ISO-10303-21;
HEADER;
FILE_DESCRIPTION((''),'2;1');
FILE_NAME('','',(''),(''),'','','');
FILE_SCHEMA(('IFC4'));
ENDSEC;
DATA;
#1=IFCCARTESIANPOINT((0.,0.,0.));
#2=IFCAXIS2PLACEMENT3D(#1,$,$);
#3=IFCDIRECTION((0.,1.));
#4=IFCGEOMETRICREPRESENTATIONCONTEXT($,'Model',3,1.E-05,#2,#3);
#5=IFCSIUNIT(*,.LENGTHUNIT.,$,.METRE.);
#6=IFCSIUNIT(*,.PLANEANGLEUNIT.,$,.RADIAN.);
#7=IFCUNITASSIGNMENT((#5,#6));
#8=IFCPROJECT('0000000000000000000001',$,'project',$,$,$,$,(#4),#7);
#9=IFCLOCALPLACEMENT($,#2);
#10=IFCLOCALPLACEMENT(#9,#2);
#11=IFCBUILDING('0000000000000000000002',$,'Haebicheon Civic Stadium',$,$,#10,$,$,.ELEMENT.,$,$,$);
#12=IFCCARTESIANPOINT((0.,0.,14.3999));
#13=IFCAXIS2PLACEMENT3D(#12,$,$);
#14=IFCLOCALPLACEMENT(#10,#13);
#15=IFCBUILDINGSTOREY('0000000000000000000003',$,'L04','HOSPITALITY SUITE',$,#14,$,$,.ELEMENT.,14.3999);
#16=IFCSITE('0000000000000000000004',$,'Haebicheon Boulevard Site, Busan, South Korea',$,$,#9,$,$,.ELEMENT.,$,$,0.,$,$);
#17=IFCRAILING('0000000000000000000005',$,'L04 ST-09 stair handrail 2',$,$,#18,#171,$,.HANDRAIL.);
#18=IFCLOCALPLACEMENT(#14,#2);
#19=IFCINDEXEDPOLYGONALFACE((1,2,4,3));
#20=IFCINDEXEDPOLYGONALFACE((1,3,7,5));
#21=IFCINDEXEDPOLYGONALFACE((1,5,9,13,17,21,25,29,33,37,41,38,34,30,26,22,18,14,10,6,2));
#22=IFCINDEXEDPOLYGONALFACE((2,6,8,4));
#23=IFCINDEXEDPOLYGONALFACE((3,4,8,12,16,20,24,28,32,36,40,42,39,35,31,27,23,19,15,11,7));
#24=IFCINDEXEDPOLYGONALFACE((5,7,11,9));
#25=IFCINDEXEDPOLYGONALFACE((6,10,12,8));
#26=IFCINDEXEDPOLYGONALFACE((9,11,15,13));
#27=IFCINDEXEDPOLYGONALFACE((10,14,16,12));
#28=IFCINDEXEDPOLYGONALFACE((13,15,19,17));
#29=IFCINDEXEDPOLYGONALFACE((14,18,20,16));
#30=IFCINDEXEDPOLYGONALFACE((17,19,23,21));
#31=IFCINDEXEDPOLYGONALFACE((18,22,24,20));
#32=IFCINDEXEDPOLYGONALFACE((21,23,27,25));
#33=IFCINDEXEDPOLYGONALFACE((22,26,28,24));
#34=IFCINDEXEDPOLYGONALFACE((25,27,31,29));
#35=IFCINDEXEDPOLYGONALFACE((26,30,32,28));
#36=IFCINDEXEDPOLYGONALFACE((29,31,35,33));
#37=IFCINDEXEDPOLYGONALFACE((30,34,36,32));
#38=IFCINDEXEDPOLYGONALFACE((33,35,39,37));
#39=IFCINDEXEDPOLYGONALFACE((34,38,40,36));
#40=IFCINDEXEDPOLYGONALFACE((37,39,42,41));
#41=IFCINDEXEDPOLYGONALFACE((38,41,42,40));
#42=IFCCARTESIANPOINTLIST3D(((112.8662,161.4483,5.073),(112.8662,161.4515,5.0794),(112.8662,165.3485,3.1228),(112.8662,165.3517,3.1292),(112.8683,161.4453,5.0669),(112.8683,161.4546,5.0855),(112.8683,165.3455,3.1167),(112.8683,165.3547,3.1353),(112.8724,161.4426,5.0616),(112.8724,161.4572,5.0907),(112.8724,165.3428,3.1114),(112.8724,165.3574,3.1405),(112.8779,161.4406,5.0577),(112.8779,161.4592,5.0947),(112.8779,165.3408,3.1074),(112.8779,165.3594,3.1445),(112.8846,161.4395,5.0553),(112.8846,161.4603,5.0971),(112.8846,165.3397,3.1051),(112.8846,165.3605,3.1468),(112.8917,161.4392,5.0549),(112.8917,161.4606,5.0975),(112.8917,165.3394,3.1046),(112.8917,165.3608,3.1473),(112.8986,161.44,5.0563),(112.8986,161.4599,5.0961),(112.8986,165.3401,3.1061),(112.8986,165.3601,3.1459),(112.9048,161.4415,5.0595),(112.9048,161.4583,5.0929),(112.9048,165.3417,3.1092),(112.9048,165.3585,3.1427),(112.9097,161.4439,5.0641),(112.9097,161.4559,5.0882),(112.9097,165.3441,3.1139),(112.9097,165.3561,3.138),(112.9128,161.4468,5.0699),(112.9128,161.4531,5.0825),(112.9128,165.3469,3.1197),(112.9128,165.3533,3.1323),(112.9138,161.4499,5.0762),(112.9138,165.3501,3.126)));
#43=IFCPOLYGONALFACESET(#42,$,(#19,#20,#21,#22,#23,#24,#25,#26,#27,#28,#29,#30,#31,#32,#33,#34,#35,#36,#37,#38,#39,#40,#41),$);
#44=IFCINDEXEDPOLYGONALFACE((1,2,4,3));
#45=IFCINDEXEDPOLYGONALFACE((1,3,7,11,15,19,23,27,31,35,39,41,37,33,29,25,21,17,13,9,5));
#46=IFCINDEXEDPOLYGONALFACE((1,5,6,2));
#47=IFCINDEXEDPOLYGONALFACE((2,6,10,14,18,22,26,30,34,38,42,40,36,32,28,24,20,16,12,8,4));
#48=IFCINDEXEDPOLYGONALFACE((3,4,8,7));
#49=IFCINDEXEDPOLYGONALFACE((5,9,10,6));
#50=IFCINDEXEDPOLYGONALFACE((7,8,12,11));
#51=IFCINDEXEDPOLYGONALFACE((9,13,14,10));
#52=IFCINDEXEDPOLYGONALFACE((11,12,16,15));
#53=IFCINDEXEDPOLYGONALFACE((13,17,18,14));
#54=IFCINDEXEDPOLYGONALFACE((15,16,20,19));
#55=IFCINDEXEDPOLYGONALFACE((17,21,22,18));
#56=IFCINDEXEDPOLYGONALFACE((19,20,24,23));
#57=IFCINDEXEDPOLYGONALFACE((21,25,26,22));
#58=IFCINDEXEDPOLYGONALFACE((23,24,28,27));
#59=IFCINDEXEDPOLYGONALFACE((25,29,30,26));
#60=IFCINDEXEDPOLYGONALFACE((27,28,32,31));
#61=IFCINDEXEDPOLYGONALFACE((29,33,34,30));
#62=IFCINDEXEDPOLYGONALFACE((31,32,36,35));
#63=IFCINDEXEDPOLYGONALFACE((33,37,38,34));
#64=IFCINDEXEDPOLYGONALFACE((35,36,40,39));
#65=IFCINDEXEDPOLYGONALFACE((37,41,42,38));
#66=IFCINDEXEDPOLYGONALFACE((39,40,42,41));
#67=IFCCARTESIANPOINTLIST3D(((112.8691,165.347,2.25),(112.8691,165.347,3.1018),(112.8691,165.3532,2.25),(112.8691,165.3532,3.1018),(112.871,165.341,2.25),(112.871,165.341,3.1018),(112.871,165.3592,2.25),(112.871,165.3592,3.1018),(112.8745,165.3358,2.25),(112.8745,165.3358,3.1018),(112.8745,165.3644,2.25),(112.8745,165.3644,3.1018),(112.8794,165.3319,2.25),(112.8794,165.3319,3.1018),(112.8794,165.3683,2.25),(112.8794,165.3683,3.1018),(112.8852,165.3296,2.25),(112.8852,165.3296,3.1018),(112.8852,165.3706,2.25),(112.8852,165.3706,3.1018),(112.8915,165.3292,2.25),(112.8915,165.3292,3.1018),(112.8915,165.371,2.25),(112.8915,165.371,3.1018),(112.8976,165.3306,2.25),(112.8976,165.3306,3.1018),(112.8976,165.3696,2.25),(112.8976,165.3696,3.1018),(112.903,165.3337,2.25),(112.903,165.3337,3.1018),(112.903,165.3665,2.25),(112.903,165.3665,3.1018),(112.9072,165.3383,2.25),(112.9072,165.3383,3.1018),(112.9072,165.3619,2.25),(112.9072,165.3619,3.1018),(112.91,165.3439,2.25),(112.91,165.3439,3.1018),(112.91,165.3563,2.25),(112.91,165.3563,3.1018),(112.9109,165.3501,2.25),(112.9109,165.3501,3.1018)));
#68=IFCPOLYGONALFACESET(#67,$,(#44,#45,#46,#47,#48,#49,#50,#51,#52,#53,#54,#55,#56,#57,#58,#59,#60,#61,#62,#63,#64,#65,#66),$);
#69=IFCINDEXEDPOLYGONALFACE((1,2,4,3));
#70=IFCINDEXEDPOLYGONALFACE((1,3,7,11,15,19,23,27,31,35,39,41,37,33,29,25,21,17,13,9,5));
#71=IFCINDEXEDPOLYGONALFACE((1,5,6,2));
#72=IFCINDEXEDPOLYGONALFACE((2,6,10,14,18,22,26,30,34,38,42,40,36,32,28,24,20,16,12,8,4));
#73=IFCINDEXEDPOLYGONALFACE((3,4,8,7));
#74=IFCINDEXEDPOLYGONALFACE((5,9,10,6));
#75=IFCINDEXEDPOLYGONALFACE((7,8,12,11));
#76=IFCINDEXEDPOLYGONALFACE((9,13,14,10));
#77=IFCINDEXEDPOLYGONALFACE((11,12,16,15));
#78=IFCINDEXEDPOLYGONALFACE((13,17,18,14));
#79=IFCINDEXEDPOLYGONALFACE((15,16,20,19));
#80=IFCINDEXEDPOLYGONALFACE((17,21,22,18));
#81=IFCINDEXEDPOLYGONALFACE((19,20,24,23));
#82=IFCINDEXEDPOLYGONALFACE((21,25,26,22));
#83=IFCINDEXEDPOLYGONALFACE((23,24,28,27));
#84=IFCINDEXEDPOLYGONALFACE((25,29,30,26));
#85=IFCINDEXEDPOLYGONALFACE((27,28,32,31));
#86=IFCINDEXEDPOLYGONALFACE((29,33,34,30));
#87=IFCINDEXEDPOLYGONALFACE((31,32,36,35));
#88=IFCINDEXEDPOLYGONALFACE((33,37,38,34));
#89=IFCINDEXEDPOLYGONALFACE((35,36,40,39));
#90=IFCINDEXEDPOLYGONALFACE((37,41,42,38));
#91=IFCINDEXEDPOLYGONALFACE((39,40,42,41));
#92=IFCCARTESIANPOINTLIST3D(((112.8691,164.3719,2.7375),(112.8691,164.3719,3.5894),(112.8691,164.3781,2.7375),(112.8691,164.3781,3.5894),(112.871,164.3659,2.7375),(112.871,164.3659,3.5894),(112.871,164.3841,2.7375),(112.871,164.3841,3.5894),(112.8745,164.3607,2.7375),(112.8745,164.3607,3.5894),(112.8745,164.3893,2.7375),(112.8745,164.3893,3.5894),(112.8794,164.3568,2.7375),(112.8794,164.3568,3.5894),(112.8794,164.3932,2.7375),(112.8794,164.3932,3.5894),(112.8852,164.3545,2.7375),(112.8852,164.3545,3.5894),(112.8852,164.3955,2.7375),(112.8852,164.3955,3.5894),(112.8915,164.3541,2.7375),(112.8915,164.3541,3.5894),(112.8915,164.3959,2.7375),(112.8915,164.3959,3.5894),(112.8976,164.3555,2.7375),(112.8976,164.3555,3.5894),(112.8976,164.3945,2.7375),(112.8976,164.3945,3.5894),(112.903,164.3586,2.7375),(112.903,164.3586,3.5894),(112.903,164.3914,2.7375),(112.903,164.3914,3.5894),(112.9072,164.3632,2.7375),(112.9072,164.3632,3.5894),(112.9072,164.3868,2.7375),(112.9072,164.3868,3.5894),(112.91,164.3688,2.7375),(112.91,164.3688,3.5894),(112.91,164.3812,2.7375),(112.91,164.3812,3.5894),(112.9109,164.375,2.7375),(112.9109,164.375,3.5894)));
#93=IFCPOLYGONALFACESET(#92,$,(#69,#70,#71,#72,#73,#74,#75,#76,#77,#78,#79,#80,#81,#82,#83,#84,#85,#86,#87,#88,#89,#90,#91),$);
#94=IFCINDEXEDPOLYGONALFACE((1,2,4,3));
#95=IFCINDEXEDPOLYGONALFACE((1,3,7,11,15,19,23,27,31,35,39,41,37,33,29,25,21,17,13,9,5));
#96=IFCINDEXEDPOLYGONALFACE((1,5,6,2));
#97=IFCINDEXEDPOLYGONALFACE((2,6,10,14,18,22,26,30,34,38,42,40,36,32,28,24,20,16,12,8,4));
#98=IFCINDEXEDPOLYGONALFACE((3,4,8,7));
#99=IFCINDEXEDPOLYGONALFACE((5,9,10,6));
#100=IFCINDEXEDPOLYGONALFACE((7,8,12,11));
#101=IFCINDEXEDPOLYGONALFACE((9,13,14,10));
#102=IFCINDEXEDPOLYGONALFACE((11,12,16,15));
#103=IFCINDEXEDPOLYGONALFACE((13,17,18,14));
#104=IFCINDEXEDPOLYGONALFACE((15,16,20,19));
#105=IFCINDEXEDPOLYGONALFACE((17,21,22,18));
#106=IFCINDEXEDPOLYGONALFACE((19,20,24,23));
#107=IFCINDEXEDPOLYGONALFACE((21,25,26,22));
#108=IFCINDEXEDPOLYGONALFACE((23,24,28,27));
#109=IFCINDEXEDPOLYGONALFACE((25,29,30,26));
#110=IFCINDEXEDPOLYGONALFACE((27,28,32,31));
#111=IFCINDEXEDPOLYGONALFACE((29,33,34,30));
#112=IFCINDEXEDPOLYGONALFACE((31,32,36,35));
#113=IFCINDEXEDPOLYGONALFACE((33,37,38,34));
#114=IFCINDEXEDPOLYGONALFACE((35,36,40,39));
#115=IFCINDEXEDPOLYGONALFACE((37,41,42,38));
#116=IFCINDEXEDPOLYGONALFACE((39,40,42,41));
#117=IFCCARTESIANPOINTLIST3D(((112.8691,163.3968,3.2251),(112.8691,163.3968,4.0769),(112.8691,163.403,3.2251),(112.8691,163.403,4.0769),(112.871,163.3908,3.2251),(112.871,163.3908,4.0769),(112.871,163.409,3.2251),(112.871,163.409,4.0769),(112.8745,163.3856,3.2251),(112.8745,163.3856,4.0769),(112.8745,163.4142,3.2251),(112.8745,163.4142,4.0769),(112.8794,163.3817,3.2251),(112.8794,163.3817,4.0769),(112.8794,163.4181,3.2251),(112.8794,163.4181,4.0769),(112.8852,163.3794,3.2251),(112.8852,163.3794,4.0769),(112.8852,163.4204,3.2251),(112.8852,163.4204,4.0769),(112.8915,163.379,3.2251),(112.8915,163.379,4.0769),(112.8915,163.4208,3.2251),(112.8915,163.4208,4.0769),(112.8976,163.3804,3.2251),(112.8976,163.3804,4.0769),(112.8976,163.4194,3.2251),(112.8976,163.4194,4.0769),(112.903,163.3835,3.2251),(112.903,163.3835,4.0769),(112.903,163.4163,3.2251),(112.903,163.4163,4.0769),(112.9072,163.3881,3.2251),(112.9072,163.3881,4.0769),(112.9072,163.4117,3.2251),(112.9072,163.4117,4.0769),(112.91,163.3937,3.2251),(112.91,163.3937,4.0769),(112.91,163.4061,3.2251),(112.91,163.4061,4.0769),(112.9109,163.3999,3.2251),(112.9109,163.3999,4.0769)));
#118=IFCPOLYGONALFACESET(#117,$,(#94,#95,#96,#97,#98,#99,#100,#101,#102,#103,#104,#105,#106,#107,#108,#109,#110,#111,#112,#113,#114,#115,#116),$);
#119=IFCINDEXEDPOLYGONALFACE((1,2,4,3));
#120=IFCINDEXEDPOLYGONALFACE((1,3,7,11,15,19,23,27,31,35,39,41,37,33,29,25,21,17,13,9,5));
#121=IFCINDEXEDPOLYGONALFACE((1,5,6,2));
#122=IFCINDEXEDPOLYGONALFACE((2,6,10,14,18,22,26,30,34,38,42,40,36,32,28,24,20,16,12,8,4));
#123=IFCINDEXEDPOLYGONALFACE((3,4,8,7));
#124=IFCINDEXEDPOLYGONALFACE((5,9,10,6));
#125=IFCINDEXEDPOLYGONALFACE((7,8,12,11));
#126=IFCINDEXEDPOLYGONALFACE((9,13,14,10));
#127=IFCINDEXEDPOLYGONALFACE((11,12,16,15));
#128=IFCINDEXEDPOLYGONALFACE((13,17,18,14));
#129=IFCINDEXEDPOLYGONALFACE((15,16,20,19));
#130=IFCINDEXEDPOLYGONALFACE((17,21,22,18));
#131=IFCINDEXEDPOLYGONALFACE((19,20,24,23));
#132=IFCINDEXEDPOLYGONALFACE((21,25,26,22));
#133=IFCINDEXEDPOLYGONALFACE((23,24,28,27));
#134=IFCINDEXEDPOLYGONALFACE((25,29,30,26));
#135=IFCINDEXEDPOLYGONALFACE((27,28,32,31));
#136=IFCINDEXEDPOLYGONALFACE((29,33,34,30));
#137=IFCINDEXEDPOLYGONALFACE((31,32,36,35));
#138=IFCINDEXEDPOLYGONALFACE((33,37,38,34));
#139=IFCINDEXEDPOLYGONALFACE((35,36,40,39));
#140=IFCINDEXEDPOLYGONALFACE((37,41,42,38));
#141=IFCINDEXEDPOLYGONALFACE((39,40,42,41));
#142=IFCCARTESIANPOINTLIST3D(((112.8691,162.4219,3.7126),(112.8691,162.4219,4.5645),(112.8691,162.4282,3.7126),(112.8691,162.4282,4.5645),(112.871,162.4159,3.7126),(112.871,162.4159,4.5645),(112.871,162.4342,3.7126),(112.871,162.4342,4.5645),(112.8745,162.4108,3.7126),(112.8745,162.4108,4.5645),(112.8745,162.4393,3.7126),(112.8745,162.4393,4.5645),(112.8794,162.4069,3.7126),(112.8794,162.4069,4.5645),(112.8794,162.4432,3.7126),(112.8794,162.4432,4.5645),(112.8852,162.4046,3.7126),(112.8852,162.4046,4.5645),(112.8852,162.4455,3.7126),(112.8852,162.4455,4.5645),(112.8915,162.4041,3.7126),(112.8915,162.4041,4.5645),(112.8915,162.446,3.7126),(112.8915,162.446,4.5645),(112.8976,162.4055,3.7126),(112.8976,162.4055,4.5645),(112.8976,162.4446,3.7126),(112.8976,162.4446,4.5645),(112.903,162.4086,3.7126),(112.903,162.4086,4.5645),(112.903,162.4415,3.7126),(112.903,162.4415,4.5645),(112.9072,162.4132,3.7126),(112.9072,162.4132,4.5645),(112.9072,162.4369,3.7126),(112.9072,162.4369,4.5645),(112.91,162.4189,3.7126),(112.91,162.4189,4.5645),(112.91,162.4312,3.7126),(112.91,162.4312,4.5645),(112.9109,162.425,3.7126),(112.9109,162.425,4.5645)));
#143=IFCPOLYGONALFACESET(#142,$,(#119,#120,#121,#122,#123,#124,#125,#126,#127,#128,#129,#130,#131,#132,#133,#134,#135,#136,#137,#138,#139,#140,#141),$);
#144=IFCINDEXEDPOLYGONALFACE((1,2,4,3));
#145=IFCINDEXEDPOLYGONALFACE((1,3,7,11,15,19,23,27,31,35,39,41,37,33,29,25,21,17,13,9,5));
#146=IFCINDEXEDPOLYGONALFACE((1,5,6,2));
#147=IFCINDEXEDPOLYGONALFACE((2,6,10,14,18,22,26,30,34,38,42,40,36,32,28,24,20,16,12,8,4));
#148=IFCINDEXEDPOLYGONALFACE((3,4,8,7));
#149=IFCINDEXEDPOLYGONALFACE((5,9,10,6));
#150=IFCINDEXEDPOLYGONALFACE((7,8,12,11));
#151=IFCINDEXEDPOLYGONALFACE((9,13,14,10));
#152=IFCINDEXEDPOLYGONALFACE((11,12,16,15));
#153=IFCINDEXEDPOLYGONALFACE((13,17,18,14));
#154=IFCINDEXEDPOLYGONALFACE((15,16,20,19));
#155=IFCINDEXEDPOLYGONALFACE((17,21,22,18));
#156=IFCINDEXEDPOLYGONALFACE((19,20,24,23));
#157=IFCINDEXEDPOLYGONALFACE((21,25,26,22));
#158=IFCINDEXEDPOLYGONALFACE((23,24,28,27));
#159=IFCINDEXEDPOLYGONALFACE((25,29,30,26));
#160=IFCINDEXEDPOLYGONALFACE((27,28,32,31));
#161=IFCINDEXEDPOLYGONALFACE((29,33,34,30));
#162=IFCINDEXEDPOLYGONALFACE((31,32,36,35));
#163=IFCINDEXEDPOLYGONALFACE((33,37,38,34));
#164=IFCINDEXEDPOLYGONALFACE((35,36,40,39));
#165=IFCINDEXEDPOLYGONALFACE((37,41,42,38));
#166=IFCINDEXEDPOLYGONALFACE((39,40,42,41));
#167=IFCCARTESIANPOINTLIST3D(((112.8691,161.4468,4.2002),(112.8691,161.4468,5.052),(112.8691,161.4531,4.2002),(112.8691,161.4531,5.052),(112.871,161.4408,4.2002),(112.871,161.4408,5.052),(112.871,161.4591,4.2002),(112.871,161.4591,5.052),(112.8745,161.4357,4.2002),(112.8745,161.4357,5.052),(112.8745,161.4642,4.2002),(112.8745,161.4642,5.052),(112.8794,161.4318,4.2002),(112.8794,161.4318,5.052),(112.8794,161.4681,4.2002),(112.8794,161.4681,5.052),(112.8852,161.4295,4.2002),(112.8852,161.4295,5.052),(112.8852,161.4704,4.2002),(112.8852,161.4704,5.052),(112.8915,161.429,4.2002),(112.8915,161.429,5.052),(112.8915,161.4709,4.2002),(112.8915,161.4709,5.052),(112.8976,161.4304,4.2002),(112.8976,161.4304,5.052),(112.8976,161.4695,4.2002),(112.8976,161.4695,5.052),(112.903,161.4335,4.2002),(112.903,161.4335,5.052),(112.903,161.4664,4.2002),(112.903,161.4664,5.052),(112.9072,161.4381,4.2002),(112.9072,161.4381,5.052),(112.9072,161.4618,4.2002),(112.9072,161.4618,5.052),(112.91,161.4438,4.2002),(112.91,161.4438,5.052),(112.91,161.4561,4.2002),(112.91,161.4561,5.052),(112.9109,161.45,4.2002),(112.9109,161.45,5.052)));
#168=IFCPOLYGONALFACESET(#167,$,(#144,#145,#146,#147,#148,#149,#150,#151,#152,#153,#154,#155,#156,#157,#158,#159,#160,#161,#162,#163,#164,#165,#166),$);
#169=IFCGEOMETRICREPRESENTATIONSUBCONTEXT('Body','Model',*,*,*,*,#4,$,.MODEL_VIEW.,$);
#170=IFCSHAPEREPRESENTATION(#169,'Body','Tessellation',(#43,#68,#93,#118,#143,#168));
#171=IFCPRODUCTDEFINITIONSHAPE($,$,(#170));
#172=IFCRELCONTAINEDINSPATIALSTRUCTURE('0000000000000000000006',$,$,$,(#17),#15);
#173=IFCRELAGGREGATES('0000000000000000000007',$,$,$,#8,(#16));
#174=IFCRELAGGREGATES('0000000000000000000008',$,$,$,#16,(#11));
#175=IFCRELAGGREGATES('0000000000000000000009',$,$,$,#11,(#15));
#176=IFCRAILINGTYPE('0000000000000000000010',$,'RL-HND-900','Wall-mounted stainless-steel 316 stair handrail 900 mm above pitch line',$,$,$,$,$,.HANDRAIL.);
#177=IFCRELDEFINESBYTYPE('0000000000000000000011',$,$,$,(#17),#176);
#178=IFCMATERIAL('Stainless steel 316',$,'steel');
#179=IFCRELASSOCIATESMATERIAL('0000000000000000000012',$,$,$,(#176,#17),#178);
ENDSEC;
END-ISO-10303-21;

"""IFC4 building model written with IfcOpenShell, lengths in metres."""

from ifc_helpers import new_model, si_unit, direction, frame, origin, origin_2d, place, context, subcontext, project, spatial, circle, extrude, material, type_object, element, save


model = new_model("IFC4")

# Units and contexts
model_context = context("Model", 3, precision=1e-05, world=origin(), true_north=direction((0.0, 1.0)))
body_context = subcontext(model_context, "Body", "Model", "MODEL_VIEW")
ifc_project = project(units=[si_unit("LENGTHUNIT", "METRE"), si_unit("PLANEANGLEUNIT", "RADIAN")], contexts=[model_context])

# Site, building, storey
site_placement = place(None, origin())
site = spatial("IfcSite", under=ifc_project, at=site_placement, Name="Haebicheon Boulevard Site, Busan, South Korea", CompositionType="ELEMENT", RefElevation=0.0)
building_placement = place(site_placement, origin())
building = spatial("IfcBuilding", under=site, at=building_placement, Name="Haebicheon Civic Stadium", CompositionType="ELEMENT")
storey_placement = place(building_placement, frame((0.0, 0.0, 14.3999)))
storey = spatial("IfcBuildingStorey", under=building, at=storey_placement, Name="L04", Description="HOSPITALITY SUITE", CompositionType="ELEMENT", Elevation=14.3999)

# Railing
ifc_material_1 = material(Name="Stainless steel 316", Category="steel")
railing_type_1 = type_object("IfcRailingType", Name="RL-HND-900", Description="Wall-mounted stainless-steel 316 stair handrail 900 mm above pitch line", PredefinedType="HANDRAIL", material=ifc_material_1)
railing_1_placement = place(storey_placement, frame((112.8899, 165.3501, 2.25)))
element("IfcRailing", 1, at=railing_1_placement, inside=storey, type_object=railing_type_1, material=ifc_material_1, Name="L04 ST-09 stair handrail 2", PredefinedType="HANDRAIL", context=body_context, shape_type="SweptSolid", body=[
    extrude(circle(Radius=0.0239, at=origin_2d()), frame((0.0, 0.0, 0.876), z_axis=(0.0, -0.894416, 0.447236), x_axis=(1.0, 0.0, 0.0)), (0.0, 0.0, 1.0), 4.3606),
    extrude(circle(Radius=0.021, at=origin_2d()), origin(), (0.0, 0.0, 1.0), 0.8518),
    extrude(circle(Radius=0.021, at=origin_2d()), frame((0.0, -0.9751, 0.4875)), (0.0, 0.0, 1.0), 0.8518),
    extrude(circle(Radius=0.021, at=origin_2d()), frame((0.0, -1.9502, 0.9751)), (0.0, 0.0, 1.0), 0.8518),
    extrude(circle(Radius=0.021, at=origin_2d()), frame((0.0, -2.925, 1.4626)), (0.0, 0.0, 1.0), 0.8518),
    extrude(circle(Radius=0.021, at=origin_2d()), frame((0.0, -3.9001, 1.9502)), (0.0, 0.0, 1.0), 0.8518),
])

save(model, "model.ifc")
